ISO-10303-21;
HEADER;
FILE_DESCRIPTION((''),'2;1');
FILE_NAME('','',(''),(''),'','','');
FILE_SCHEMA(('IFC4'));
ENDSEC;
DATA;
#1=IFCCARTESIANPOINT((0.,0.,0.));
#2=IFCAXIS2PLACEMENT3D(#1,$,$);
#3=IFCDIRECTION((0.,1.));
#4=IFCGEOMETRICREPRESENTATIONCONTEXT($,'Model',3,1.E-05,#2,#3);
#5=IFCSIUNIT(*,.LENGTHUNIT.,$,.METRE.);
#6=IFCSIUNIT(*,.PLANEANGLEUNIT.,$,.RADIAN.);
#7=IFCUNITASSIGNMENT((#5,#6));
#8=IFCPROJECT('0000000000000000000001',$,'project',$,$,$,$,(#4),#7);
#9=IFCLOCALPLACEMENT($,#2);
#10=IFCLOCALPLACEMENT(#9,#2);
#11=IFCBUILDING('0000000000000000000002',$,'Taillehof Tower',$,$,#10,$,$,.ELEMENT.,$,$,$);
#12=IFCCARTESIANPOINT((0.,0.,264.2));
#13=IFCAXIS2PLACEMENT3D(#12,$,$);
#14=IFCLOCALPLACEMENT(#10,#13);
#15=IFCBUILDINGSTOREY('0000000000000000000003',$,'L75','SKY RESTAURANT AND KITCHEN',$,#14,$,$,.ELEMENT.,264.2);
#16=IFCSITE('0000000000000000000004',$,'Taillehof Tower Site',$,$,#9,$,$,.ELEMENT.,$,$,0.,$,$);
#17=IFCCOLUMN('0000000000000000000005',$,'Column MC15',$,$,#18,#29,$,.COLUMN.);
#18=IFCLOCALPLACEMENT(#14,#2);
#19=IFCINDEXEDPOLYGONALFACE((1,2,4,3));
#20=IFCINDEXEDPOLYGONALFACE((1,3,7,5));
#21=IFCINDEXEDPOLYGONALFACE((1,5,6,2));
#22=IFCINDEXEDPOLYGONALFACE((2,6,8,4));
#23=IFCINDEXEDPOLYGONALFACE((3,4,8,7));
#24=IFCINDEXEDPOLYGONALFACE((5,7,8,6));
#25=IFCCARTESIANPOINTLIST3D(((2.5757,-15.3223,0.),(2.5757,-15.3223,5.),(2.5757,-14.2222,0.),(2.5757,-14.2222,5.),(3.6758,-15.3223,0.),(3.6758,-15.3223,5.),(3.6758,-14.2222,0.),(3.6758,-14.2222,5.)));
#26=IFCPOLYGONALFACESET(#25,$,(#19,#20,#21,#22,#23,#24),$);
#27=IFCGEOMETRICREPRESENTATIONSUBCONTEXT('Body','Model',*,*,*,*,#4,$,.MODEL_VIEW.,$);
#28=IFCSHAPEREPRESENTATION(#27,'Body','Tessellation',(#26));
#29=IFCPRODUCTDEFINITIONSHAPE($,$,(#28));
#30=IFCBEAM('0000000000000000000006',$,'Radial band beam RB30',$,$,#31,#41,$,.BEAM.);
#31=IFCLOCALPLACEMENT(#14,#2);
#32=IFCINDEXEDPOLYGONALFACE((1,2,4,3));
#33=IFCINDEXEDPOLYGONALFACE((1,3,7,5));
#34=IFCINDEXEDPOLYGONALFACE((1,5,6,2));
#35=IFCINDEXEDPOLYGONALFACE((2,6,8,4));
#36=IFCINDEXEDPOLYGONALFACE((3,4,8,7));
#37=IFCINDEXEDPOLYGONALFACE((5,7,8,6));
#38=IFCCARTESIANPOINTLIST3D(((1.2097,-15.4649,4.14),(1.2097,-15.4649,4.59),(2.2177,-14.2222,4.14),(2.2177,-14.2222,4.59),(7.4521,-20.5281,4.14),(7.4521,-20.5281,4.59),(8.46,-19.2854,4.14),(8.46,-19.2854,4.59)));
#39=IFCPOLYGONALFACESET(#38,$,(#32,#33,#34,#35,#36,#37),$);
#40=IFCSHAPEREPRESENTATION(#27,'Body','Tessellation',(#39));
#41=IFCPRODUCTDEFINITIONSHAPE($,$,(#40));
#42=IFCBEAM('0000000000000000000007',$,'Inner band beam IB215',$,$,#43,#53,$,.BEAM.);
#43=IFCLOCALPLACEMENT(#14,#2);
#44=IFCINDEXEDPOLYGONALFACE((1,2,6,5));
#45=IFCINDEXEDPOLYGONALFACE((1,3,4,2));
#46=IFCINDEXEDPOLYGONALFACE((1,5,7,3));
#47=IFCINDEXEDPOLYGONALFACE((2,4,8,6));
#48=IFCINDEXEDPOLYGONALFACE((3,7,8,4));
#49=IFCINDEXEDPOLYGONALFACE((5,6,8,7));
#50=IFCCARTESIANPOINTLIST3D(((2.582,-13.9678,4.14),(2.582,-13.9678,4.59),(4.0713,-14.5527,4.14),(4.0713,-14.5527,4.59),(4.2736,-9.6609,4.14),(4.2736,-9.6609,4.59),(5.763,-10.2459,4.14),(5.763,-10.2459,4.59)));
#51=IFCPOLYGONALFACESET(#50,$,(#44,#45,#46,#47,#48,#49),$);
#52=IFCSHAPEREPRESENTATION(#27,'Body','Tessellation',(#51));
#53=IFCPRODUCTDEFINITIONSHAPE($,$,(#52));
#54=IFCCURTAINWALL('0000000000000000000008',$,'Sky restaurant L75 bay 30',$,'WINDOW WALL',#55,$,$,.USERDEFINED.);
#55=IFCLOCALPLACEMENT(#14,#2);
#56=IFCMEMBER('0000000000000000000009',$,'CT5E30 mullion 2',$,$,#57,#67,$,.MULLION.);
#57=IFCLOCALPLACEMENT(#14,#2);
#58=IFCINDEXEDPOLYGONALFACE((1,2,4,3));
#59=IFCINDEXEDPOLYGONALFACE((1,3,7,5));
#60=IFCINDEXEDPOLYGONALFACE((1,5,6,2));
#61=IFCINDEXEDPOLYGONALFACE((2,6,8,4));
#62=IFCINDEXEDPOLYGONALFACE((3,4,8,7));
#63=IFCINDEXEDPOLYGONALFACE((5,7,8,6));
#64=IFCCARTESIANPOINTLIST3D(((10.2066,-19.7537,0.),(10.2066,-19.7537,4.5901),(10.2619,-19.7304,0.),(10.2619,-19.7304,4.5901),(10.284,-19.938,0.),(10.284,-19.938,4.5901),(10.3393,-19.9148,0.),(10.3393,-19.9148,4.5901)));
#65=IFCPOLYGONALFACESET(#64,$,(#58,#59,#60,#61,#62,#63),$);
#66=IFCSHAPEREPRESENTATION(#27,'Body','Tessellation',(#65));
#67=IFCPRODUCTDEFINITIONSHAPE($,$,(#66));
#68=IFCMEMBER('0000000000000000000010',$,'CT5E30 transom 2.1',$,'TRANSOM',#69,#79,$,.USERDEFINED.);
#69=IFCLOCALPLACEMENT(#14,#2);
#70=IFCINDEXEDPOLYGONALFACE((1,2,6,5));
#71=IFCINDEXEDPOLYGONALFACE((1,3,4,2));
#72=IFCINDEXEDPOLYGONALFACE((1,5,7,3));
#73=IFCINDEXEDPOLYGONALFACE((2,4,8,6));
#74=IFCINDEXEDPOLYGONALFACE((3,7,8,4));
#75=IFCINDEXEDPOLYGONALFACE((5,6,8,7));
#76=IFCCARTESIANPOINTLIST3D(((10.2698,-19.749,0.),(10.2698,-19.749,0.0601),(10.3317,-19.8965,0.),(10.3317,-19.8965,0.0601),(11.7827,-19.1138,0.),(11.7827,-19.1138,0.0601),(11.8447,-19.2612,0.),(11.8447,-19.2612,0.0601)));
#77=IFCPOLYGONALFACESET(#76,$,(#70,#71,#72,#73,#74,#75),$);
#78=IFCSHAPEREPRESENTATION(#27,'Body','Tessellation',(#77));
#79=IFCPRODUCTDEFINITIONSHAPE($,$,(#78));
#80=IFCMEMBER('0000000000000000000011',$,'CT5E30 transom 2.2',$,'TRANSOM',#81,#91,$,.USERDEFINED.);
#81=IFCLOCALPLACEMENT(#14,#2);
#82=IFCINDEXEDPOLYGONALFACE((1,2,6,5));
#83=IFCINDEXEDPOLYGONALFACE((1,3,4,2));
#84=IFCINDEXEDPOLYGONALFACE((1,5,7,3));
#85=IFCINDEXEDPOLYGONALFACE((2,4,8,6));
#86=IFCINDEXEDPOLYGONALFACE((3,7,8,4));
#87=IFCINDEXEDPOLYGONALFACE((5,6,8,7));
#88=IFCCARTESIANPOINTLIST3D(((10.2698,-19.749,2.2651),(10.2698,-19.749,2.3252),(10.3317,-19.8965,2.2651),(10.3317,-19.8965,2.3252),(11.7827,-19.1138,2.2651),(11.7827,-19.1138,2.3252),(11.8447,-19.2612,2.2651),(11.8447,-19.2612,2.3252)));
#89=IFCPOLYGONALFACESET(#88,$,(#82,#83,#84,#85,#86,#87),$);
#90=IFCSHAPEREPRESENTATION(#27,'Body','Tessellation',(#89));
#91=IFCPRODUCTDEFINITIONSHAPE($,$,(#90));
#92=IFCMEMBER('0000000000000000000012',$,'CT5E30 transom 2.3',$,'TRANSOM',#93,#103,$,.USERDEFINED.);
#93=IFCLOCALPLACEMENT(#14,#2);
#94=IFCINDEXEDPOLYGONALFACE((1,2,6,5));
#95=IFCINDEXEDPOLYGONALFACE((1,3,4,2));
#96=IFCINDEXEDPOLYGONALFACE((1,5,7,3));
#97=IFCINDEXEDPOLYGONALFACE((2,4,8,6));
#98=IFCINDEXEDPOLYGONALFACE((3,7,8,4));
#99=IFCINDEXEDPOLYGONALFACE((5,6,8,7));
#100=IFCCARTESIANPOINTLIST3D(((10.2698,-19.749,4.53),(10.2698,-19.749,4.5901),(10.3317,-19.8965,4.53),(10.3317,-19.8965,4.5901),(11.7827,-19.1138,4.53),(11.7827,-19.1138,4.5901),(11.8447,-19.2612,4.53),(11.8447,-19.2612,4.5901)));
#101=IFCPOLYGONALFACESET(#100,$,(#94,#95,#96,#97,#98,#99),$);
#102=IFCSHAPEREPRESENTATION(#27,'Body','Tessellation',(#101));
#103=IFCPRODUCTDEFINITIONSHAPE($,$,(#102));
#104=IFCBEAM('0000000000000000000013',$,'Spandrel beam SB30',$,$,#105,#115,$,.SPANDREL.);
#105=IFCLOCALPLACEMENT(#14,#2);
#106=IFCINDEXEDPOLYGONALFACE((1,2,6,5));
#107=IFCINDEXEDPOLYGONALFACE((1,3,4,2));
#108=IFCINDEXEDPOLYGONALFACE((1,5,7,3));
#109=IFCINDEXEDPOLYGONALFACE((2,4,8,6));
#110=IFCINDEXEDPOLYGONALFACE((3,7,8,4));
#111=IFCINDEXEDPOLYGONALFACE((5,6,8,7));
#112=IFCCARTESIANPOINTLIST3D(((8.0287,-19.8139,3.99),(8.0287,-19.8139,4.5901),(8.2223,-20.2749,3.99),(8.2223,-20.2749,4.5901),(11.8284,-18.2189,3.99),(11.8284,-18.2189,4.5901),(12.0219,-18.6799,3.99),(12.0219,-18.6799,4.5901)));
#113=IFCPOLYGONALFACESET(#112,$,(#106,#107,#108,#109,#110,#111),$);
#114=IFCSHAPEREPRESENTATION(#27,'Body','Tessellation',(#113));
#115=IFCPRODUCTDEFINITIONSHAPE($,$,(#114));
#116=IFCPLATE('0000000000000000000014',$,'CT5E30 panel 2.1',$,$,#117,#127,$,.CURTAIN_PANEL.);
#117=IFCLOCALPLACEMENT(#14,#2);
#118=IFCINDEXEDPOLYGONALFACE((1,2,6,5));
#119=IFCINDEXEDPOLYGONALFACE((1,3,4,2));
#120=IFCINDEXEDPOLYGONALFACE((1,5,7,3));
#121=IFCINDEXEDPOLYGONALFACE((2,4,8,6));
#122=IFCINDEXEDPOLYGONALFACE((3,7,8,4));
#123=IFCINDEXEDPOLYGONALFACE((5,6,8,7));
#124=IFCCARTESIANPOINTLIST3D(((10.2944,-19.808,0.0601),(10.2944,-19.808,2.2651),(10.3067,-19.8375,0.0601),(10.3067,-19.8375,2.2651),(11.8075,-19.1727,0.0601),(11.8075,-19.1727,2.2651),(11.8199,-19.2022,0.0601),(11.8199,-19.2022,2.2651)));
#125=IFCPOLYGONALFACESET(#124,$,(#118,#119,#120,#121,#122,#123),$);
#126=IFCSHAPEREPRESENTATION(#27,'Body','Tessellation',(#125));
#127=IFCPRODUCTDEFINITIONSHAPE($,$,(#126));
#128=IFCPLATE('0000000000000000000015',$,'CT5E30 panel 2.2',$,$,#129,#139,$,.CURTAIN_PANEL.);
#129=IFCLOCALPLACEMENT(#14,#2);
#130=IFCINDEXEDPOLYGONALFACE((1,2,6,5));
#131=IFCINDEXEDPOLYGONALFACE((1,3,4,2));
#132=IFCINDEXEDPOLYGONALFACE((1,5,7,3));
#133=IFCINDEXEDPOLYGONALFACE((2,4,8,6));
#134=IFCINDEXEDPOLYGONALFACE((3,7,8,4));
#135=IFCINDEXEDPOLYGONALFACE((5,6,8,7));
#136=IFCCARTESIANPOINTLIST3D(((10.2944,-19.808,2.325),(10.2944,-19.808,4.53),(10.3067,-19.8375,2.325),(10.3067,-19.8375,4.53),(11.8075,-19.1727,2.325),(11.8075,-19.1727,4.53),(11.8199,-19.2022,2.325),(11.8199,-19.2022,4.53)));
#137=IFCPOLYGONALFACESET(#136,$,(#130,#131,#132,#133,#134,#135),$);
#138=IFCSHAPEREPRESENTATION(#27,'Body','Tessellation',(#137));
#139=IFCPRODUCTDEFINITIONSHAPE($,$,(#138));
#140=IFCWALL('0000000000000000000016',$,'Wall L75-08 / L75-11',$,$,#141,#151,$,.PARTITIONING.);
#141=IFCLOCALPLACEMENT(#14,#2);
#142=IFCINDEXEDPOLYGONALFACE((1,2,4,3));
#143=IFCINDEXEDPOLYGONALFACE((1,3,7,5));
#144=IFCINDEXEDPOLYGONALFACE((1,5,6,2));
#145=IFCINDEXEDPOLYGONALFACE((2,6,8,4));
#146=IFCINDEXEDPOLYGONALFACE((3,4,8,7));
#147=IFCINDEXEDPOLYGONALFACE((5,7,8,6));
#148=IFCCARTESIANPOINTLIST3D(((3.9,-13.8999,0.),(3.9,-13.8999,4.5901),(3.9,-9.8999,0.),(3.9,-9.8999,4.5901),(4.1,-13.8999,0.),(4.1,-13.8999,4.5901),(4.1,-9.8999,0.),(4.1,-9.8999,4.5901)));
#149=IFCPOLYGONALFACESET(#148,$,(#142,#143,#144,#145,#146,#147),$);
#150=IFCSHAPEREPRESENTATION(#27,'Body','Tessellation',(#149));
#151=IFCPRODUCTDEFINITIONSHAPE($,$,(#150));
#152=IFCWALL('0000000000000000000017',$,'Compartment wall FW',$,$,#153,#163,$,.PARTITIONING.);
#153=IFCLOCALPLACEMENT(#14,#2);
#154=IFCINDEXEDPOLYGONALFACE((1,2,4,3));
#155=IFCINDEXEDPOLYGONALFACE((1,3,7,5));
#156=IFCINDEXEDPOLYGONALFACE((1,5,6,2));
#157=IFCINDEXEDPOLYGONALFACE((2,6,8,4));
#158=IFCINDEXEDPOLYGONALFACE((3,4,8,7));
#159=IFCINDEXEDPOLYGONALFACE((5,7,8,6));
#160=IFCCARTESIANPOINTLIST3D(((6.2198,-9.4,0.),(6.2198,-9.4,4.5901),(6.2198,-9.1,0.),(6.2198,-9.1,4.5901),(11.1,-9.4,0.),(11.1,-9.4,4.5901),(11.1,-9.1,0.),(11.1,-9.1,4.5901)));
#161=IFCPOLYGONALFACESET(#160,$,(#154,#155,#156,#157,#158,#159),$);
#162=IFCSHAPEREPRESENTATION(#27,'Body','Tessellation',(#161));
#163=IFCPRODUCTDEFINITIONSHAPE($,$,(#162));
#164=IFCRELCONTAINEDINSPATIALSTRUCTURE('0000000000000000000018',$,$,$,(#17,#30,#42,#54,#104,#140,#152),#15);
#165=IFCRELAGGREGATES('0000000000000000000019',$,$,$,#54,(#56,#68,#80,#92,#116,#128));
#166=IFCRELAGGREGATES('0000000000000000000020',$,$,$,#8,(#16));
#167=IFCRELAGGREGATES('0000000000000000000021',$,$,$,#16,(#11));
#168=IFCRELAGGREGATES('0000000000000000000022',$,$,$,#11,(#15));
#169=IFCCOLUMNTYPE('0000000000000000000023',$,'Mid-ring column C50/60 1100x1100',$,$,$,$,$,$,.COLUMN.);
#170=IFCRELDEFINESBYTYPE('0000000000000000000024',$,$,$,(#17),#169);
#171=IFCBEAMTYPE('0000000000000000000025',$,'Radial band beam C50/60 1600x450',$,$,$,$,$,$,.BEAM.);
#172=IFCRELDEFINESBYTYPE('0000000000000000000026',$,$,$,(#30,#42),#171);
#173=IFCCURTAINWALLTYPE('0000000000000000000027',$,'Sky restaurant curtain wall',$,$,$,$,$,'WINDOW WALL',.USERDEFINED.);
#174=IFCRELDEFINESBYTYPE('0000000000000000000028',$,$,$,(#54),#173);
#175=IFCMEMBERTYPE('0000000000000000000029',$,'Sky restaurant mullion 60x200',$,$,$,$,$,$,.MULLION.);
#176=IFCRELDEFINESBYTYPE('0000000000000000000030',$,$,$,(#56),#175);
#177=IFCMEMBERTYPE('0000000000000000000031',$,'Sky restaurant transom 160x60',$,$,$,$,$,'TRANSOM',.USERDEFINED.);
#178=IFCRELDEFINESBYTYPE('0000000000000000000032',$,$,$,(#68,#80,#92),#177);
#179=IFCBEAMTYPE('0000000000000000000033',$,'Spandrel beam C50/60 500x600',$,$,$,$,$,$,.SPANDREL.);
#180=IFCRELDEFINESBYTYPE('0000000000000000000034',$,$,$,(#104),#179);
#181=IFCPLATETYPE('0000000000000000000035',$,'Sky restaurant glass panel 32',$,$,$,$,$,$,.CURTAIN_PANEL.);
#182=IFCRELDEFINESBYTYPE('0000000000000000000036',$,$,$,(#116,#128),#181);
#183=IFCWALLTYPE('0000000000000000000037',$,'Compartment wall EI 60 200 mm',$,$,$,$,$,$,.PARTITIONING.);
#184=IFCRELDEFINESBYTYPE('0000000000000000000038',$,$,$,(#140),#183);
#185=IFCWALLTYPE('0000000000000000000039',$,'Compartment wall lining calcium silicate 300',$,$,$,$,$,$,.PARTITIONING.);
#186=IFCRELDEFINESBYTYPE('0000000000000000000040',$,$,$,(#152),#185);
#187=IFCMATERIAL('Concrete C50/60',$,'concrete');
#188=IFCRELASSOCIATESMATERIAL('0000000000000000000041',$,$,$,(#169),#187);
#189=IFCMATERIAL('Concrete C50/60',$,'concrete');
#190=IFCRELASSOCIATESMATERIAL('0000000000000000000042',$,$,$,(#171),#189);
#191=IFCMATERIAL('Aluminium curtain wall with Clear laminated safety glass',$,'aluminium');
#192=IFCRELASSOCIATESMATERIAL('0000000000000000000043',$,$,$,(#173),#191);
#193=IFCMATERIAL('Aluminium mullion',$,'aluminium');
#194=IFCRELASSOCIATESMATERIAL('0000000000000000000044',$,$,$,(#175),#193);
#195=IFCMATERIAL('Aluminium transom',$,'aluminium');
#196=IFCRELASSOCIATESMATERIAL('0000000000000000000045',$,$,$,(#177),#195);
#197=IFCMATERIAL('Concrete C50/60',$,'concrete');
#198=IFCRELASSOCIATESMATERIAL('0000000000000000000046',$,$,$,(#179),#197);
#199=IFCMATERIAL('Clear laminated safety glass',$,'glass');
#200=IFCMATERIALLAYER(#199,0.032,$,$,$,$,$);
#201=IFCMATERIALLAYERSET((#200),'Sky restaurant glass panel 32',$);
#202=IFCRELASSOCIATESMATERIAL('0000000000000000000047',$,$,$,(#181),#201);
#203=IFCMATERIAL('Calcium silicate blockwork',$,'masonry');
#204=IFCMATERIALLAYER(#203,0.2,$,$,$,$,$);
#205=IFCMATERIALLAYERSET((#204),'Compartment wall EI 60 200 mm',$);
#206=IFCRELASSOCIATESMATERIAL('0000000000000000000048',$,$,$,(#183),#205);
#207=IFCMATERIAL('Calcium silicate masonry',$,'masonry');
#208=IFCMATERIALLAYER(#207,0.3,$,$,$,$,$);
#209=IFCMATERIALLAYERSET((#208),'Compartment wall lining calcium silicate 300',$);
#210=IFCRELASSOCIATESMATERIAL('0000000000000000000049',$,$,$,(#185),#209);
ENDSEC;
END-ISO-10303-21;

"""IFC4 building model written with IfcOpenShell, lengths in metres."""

from ifc_helpers import new_model, si_unit, direction, frame, frame_2d, origin, origin_2d, place, context, subcontext, project, spatial, rectangle, extrude, material, layer, layer_set, material_profile, profile_set, type_object, element, aggregate, save


model = new_model("IFC4")

# Units and contexts
model_context = context("Model", 3, precision=1e-05, world=origin(), true_north=direction((0.0, 1.0)))
body_context = subcontext(model_context, "Body", "Model", "MODEL_VIEW")
ifc_project = project(units=[si_unit("LENGTHUNIT", "METRE"), si_unit("PLANEANGLEUNIT", "RADIAN")], contexts=[model_context])

# Site, building, storey
site_placement = place(None, origin())
site = spatial("IfcSite", under=ifc_project, at=site_placement, Name="Taillehof Tower Site", CompositionType="ELEMENT", RefElevation=0.0)
building_placement = place(site_placement, origin())
building = spatial("IfcBuilding", under=site, at=building_placement, Name="Taillehof Tower", CompositionType="ELEMENT")
storey_placement = place(building_placement, frame((0.0, 0.0, 264.2)))
storey = spatial("IfcBuildingStorey", under=building, at=storey_placement, Name="L75", Description="SKY RESTAURANT AND KITCHEN", CompositionType="ELEMENT", Elevation=264.2)

# Column
ifc_material_1 = material(Name="Concrete C50/60", Category="concrete")
ifc_material_profile_1 = material_profile(ifc_material_1, rectangle(XDim=1.1001, YDim=1.1001, at=origin_2d()), Name="RC 1100x1100")
ifc_profile_set_1 = profile_set([ifc_material_profile_1], Name="Concrete C50/60")
column_type = type_object("IfcColumnType", Name="Mid-ring column C50/60 1100x1100", PredefinedType="COLUMN", material=ifc_profile_set_1)
column_placement = place(storey_placement, frame((3.1257, -14.7722, 0.0), z_axis=(0.0, 0.0, 1.0), x_axis=(1.0, 0.0, 0.0)))
element("IfcColumn", 1, at=column_placement, inside=storey, type_object=column_type, Name="Column MC15", PredefinedType="COLUMN", context=body_context, shape_type="SweptSolid", body=[
    extrude(rectangle(XDim=1.1001, YDim=1.1001, at=origin_2d()), origin(), (0.0, 0.0, 1.0), 5.0),
])

# Beams
ifc_material_2 = material(Name="Concrete C50/60", Category="concrete")
ifc_material_profile_2 = material_profile(ifc_material_2, rectangle(XDim=1.6001, YDim=0.45, at=origin_2d()), Name="RC 1600x450")
ifc_profile_set_2 = profile_set([ifc_material_profile_2], Name="Concrete C50/60")
beam_type_1 = type_object("IfcBeamType", Name="Radial band beam C50/60 1600x450", PredefinedType="BEAM", material=ifc_profile_set_2)
beam_1_placement = place(storey_placement, frame((7.9561, -19.9067, 4.365), z_axis=(-0.776646, 0.629937, 0.0), x_axis=(-0.629937, -0.776646, 0.0)))
element("IfcBeam", 2, at=beam_1_placement, inside=storey, type_object=beam_type_1, Name="Radial band beam RB30", PredefinedType="BEAM", context=body_context, shape_type="SweptSolid", body=[
    extrude(rectangle(XDim=1.6001, YDim=0.45, at=origin_2d()), origin(), (0.0, 0.0, 1.0), 8.0376),
])
beam_2_placement = place(storey_placement, frame((3.3267, -14.2603, 4.365), z_axis=(0.365589, 0.930777, 0.0), x_axis=(-0.930777, 0.365589, 0.0)))
element("IfcBeam", 3, at=beam_2_placement, inside=storey, type_object=beam_type_1, Name="Inner band beam IB215", PredefinedType="BEAM", context=body_context, shape_type="SweptSolid", body=[
    extrude(rectangle(XDim=1.6001, YDim=0.45, at=origin_2d()), origin(), (0.0, 0.0, 1.0), 4.6272),
])

# Curtain wall, members
ifc_material_3 = material(Name="Aluminium curtain wall with Clear laminated safety glass", Category="aluminium")
curtain_wall_type = type_object("IfcCurtainWallType", Name="Sky restaurant curtain wall", ElementType="WINDOW WALL", PredefinedType="USERDEFINED", material=ifc_material_3)
curtain_wall_placement = place(storey_placement, origin())
curtain_wall = element("IfcCurtainWall", 4, at=curtain_wall_placement, inside=storey, type_object=curtain_wall_type, Name="Sky restaurant L75 bay 30", ObjectType="WINDOW WALL", PredefinedType="USERDEFINED")
ifc_material_4 = material(Name="Aluminium mullion", Category="aluminium")
ifc_material_profile_3 = material_profile(ifc_material_4, rectangle(XDim=0.2, YDim=0.0601, at=origin_2d()), Name="AL 60x200")
ifc_profile_set_3 = profile_set([ifc_material_profile_3], Name="Aluminium mullion")
member_type_1 = type_object("IfcMemberType", Name="Sky restaurant mullion 60x200", PredefinedType="MULLION", material=ifc_profile_set_3)
member_1_placement = place(storey_placement, frame((10.2729, -19.8342, 0.0), z_axis=(0.0, 0.0, 1.0), x_axis=(-0.387101, 0.922037, 0.0)))
member_1 = element("IfcMember", 5, at=member_1_placement, type_object=member_type_1, Name="CT5E30 mullion 2", PredefinedType="MULLION", context=body_context, shape_type="SweptSolid", body=[
    extrude(rectangle(XDim=0.2, YDim=0.0601, at=origin_2d()), origin(), (0.0, 0.0, 1.0), 4.5901),
])
ifc_material_5 = material(Name="Aluminium transom", Category="aluminium")
ifc_material_profile_4 = material_profile(ifc_material_5, rectangle(XDim=0.1599, YDim=0.0601, at=origin_2d()), Name="AL 160x60")
ifc_profile_set_4 = profile_set([ifc_material_profile_4], Name="Aluminium transom")
member_type_2 = type_object("IfcMemberType", Name="Sky restaurant transom 160x60", ElementType="TRANSOM", PredefinedType="USERDEFINED", material=ifc_profile_set_4)
member_2_placement = place(storey_placement, frame((10.3008, -19.8228, 0.03), z_axis=(0.922021, 0.387139, 0.0), x_axis=(-0.387139, 0.922021, 0.0)))
member_2 = element("IfcMember", 6, at=member_2_placement, type_object=member_type_2, Name="CT5E30 transom 2.1", ObjectType="TRANSOM", PredefinedType="USERDEFINED", context=body_context, shape_type="SweptSolid", body=[
    extrude(rectangle(XDim=0.1599, YDim=0.0601, at=origin_2d()), origin(), (0.0, 0.0, 1.0), 1.6409),
])
member_3_placement = place(storey_placement, frame((10.3008, -19.8228, 2.2952), z_axis=(0.922021, 0.387139, 0.0), x_axis=(-0.387139, 0.922021, 0.0)))
member_3 = element("IfcMember", 7, at=member_3_placement, type_object=member_type_2, Name="CT5E30 transom 2.2", ObjectType="TRANSOM", PredefinedType="USERDEFINED", context=body_context, shape_type="SweptSolid", body=[
    extrude(rectangle(XDim=0.1599, YDim=0.0601, at=origin_2d()), origin(), (0.0, 0.0, 1.0), 1.6409),
])
member_4_placement = place(storey_placement, frame((10.3008, -19.8228, 4.5601), z_axis=(0.922021, 0.387139, 0.0), x_axis=(-0.387139, 0.922021, 0.0)))
member_4 = element("IfcMember", 8, at=member_4_placement, type_object=member_type_2, Name="CT5E30 transom 2.3", ObjectType="TRANSOM", PredefinedType="USERDEFINED", context=body_context, shape_type="SweptSolid", body=[
    extrude(rectangle(XDim=0.1599, YDim=0.0601, at=origin_2d()), origin(), (0.0, 0.0, 1.0), 1.6409),
])

# Beam
ifc_material_6 = material(Name="Concrete C50/60", Category="concrete")
ifc_material_profile_5 = material_profile(ifc_material_6, rectangle(XDim=0.5, YDim=0.6001, at=origin_2d()), Name="RC 500x600")
ifc_profile_set_5 = profile_set([ifc_material_profile_5], Name="Concrete C50/60")
beam_type_2 = type_object("IfcBeamType", Name="Spandrel beam C50/60 500x600", PredefinedType="SPANDREL", material=ifc_profile_set_5)
beam_3_placement = place(storey_placement, frame((8.1255, -20.0444, 4.29), z_axis=(0.922055, 0.387058, 0.0), x_axis=(-0.387058, 0.922055, 0.0)))
element("IfcBeam", 9, at=beam_3_placement, inside=storey, type_object=beam_type_2, Name="Spandrel beam SB30", PredefinedType="SPANDREL", context=body_context, shape_type="SweptSolid", body=[
    extrude(rectangle(XDim=0.5, YDim=0.6001, at=origin_2d()), origin(), (0.0, 0.0, 1.0), 4.1208),
])

# Plates
ifc_material_7 = material(Name="Clear laminated safety glass", Category="glass")
ifc_layer_1 = layer(ifc_material_7, 0.032)
ifc_layer_set_1 = layer_set([ifc_layer_1], Name="Sky restaurant glass panel 32")
plate_type = type_object("IfcPlateType", Name="Sky restaurant glass panel 32", PredefinedType="CURTAIN_PANEL", material=ifc_layer_set_1)
plate_1_placement = place(storey_placement, frame((11.0571, -19.5051, 0.0601), z_axis=(0.0, 0.0, 1.0), x_axis=(0.922037, 0.387101, 0.0)))
plate_1 = element("IfcPlate", 10, at=plate_1_placement, type_object=plate_type, Name="CT5E30 panel 2.1", PredefinedType="CURTAIN_PANEL", context=body_context, shape_type="SweptSolid", body=[
    extrude(rectangle(XDim=1.6411, YDim=0.032, at=origin_2d()), origin(), (0.0, 0.0, 1.0), 2.2051),
])
plate_2_placement = place(storey_placement, frame((11.0571, -19.5051, 2.325), z_axis=(0.0, 0.0, 1.0), x_axis=(0.922037, 0.387101, 0.0)))
plate_2 = element("IfcPlate", 11, at=plate_2_placement, type_object=plate_type, Name="CT5E30 panel 2.2", PredefinedType="CURTAIN_PANEL", context=body_context, shape_type="SweptSolid", body=[
    extrude(rectangle(XDim=1.6411, YDim=0.032, at=origin_2d()), origin(), (0.0, 0.0, 1.0), 2.2051),
])
aggregate(curtain_wall, [member_1, member_2, member_3, member_4, plate_1, plate_2])

# Walls
ifc_material_8 = material(Name="Calcium silicate blockwork", Category="masonry")
ifc_layer_2 = layer(ifc_material_8, 0.2)
ifc_layer_set_2 = layer_set([ifc_layer_2], Name="Compartment wall EI 60 200 mm")
wall_type_1 = type_object("IfcWallType", Name="Compartment wall EI 60 200 mm", PredefinedType="PARTITIONING", material=ifc_layer_set_2)
wall_1_placement = place(storey_placement, frame((4.0, -13.8999, 0.0), z_axis=(0.0, 0.0, 1.0), x_axis=(0.0, 1.0, 0.0)))
element("IfcWall", 12, at=wall_1_placement, inside=storey, type_object=wall_type_1, Name="Wall L75-08 / L75-11", PredefinedType="PARTITIONING", context=body_context, shape_type="SweptSolid", body=[
    extrude(rectangle(XDim=4.0, YDim=0.2, at=frame_2d((2.0, 0.0))), origin(), (0.0, 0.0, 1.0), 4.5901),
])
ifc_material_9 = material(Name="Calcium silicate masonry", Category="masonry")
ifc_layer_3 = layer(ifc_material_9, 0.3)
ifc_layer_set_3 = layer_set([ifc_layer_3], Name="Compartment wall lining calcium silicate 300")
wall_type_2 = type_object("IfcWallType", Name="Compartment wall lining calcium silicate 300", PredefinedType="PARTITIONING", material=ifc_layer_set_3)
wall_2_placement = place(storey_placement, frame((6.22, -9.25, 0.0), z_axis=(0.0, 0.0, 1.0), x_axis=(1.0, 0.0, 0.0)))
element("IfcWall", 13, at=wall_2_placement, inside=storey, type_object=wall_type_2, Name="Compartment wall FW", PredefinedType="PARTITIONING", context=body_context, shape_type="SweptSolid", body=[
    extrude(rectangle(XDim=4.8801, YDim=0.3, at=frame_2d((2.4399, 0.0))), origin(), (0.0, 0.0, 1.0), 4.5901),
])

save(model, "model.ifc")
